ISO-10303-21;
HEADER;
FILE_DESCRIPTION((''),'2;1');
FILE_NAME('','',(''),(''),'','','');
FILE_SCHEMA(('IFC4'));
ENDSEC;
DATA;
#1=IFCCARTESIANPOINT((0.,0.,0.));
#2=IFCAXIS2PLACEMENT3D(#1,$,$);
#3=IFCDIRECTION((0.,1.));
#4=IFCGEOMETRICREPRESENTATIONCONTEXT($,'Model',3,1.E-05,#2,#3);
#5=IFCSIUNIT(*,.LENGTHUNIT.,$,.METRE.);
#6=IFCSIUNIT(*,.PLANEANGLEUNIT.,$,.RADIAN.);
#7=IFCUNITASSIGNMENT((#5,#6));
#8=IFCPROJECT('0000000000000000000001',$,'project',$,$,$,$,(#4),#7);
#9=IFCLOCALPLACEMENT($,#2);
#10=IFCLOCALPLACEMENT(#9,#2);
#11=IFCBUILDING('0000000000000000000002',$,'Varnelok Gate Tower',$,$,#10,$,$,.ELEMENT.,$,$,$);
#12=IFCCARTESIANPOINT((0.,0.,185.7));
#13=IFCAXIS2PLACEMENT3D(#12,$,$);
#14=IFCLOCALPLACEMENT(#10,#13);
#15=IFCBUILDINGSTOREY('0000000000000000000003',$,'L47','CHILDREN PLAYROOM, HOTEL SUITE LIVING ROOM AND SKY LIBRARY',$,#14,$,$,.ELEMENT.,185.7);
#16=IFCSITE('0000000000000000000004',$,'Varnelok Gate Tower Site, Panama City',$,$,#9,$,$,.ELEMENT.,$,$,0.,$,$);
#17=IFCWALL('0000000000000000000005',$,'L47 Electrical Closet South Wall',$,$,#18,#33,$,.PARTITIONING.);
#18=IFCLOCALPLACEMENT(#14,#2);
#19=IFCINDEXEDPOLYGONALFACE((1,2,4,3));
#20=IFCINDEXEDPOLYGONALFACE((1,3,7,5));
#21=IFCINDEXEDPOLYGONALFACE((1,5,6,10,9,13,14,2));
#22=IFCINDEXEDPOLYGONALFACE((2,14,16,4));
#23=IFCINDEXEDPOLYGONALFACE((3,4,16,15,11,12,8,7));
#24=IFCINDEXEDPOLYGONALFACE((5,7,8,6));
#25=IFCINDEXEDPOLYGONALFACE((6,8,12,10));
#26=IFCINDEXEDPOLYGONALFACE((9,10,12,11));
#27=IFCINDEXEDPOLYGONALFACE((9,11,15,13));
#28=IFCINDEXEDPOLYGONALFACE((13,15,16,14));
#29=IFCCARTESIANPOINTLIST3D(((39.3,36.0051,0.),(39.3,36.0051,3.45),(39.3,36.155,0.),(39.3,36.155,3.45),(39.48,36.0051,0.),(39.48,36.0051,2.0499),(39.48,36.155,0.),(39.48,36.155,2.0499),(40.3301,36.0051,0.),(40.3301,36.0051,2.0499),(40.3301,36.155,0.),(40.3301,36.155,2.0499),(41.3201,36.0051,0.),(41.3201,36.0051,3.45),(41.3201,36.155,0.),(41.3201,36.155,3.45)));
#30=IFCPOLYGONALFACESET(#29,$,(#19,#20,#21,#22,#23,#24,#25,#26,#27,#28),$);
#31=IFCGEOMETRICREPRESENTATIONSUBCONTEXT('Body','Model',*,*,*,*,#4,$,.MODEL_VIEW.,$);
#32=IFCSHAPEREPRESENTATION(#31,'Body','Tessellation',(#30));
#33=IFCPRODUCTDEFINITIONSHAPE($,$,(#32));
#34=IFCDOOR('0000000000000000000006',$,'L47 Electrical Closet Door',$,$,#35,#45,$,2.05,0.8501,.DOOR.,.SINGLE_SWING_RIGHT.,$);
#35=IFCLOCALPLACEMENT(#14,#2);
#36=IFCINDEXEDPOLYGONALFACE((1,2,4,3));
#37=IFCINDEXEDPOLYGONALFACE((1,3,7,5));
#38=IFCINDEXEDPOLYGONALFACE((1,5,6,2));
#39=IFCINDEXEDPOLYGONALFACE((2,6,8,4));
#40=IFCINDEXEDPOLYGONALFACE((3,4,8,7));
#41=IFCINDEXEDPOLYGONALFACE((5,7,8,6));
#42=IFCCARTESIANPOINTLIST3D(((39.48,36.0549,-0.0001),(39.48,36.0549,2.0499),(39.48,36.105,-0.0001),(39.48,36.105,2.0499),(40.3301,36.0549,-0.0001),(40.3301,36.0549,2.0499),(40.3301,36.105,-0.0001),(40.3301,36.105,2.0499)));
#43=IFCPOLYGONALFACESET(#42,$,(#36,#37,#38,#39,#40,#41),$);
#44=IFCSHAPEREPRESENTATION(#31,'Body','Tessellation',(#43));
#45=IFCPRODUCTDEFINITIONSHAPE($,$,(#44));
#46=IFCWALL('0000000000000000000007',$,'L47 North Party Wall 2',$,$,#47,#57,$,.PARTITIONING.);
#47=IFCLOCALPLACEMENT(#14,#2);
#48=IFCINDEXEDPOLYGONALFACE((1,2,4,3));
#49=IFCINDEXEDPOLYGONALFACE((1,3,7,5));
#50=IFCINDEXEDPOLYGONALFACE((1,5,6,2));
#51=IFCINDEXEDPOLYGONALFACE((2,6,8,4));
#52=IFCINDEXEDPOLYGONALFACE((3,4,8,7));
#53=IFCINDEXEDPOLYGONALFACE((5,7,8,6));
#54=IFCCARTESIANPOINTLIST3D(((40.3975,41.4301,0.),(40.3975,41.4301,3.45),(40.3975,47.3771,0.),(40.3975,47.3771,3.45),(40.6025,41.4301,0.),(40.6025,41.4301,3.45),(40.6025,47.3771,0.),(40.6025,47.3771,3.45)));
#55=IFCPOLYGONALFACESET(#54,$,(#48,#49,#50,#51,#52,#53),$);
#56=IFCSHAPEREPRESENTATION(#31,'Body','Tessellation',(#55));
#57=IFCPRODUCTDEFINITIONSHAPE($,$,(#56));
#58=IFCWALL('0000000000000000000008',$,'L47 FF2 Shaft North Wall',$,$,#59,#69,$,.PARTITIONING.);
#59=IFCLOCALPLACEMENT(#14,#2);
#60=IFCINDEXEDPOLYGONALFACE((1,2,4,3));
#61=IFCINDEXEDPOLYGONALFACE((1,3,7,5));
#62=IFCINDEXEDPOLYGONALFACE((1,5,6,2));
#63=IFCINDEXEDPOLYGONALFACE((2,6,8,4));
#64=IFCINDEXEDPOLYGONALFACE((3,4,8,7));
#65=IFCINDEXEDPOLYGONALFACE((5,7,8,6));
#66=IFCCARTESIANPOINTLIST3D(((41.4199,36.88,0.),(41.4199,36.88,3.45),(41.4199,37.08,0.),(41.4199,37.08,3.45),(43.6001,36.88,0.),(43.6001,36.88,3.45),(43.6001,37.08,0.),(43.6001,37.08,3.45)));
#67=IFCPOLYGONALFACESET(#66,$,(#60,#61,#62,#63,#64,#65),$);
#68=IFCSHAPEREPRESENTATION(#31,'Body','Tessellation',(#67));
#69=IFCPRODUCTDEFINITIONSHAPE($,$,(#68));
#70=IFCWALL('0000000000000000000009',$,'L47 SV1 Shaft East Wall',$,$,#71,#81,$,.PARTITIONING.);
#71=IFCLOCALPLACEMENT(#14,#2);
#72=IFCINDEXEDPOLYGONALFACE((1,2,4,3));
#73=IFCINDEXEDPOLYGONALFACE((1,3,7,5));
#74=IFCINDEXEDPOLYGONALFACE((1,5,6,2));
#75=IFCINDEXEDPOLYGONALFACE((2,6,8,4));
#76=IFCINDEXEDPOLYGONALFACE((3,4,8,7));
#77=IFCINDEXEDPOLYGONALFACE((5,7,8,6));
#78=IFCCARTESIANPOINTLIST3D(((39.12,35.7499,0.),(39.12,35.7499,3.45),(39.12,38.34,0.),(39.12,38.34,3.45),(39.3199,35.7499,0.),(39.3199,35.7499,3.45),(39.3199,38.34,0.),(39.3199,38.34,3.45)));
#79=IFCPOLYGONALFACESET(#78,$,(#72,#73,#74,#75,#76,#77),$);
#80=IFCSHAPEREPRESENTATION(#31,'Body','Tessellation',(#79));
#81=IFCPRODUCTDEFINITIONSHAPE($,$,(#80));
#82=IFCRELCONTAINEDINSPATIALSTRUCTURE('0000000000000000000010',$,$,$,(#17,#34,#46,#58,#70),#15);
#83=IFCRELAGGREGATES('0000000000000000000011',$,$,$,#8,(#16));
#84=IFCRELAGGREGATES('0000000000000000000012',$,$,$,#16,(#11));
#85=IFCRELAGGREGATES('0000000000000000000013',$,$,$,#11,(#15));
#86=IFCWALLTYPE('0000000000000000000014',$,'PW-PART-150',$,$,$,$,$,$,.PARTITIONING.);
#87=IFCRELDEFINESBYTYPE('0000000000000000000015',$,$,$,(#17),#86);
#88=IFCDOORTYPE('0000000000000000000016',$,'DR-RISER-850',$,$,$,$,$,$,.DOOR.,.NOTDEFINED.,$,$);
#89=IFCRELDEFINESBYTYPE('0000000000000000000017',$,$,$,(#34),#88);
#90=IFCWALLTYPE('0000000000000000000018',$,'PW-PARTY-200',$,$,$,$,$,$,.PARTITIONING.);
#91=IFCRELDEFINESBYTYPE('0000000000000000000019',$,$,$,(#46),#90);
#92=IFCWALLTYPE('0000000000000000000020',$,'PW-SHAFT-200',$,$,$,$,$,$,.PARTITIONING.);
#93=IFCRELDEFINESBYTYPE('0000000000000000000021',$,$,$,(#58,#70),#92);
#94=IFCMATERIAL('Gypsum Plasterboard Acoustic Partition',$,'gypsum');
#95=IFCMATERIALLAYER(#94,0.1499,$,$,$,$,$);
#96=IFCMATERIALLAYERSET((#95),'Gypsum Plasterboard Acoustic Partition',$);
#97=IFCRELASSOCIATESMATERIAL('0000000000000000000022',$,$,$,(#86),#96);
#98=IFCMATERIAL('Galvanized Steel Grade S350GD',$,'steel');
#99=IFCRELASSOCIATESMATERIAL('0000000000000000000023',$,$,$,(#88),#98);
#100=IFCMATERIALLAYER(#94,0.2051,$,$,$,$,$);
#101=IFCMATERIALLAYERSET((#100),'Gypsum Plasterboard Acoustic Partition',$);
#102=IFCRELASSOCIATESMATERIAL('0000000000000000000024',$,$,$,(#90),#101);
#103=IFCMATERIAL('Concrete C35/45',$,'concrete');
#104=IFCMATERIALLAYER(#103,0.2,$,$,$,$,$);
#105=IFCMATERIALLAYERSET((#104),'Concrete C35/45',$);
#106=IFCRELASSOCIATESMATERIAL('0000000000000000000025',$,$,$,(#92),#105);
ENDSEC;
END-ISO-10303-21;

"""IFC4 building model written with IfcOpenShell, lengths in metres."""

from ifc_helpers import new_model, si_unit, direction, frame, frame_2d, origin, place, context, subcontext, project, spatial, rectangle, extrude, material, layer, layer_set, type_object, element, fill, save


model = new_model("IFC4")

# Units and contexts
model_context = context("Model", 3, precision=1e-05, world=origin(), true_north=direction((0.0, 1.0)))
body_context = subcontext(model_context, "Body", "Model", "MODEL_VIEW")
ifc_project = project(units=[si_unit("LENGTHUNIT", "METRE"), si_unit("PLANEANGLEUNIT", "RADIAN")], contexts=[model_context])

# Site, building, storey
site_placement = place(None, origin())
site = spatial("IfcSite", under=ifc_project, at=site_placement, Name="Varnelok Gate Tower Site, Panama City", CompositionType="ELEMENT", RefElevation=0.0)
building_placement = place(site_placement, origin())
building = spatial("IfcBuilding", under=site, at=building_placement, Name="Varnelok Gate Tower", CompositionType="ELEMENT")
storey_placement = place(building_placement, frame((0.0, 0.0, 185.7)))
storey = spatial("IfcBuildingStorey", under=building, at=storey_placement, Name="L47", Description="CHILDREN PLAYROOM, HOTEL SUITE LIVING ROOM AND SKY LIBRARY", CompositionType="ELEMENT", Elevation=185.7)

# Shared definitions
ifc_material_1 = material(Name="Gypsum Plasterboard Acoustic Partition", Category="gypsum")

# Wall, opening, door
ifc_layer_1 = layer(ifc_material_1, 0.1499)
ifc_layer_set_1 = layer_set([ifc_layer_1], Name="Gypsum Plasterboard Acoustic Partition")
wall_type_1 = type_object("IfcWallType", Name="PW-PART-150", PredefinedType="PARTITIONING", material=ifc_layer_set_1)
wall_1_placement = place(storey_placement, frame((39.3, 36.0801, 0.0), z_axis=(0.0, 0.0, 1.0), x_axis=(1.0, 0.0, 0.0)))
wall_1 = element("IfcWall", 1, at=wall_1_placement, inside=storey, type_object=wall_type_1, Name="L47 Electrical Closet South Wall", PredefinedType="PARTITIONING", context=body_context, shape_type="SweptSolid", body=[
    extrude(rectangle(XDim=2.02, YDim=0.1499, at=frame_2d((1.01, 0.0))), origin(), (0.0, 0.0, 1.0), 3.45),
])
opening_1_placement = place(wall_1_placement, frame((0.1799, 0.0, 0.0)))
opening_1 = element("IfcOpeningElement", 2, at=opening_1_placement, cuts=wall_1, PredefinedType="OPENING", context=body_context, shape_type="SweptSolid", body=[
    extrude(rectangle(XDim=0.8501, YDim=2.05, at=frame_2d((0.425, 1.0249))), frame((0.0, 0.085, 0.0), z_axis=(0.0, -1.0, 0.0), x_axis=(1.0, 0.0, 0.0)), (0.0, 0.0, 1.0), 0.1699),
])
ifc_material_2 = material(Name="Galvanized Steel Grade S350GD", Category="steel")
door_type_1 = type_object("IfcDoorType", Name="DR-RISER-850", OperationType="NOTDEFINED", PredefinedType="DOOR", material=ifc_material_2)
door_1_placement = place(opening_1_placement, origin())
door_1 = element("IfcDoor", 3, at=door_1_placement, inside=storey, type_object=door_type_1, Name="L47 Electrical Closet Door", OperationType="SINGLE_SWING_RIGHT", OverallHeight=2.05, OverallWidth=0.8501, PredefinedType="DOOR", context=body_context, shape_type="SweptSolid", body=[
    extrude(rectangle(XDim=0.8501, YDim=2.05, at=frame_2d((0.425, 1.0249))), frame((0.0, 0.0249, 0.0), z_axis=(0.0, -1.0, 0.0), x_axis=(1.0, 0.0, 0.0)), (0.0, 0.0, 1.0), 0.05),
])
fill(opening_1, door_1)

# Walls
ifc_layer_2 = layer(ifc_material_1, 0.2051)
ifc_layer_set_2 = layer_set([ifc_layer_2], Name="Gypsum Plasterboard Acoustic Partition")
wall_type_2 = type_object("IfcWallType", Name="PW-PARTY-200", PredefinedType="PARTITIONING", material=ifc_layer_set_2)
wall_2_placement = place(storey_placement, frame((40.5, 41.4299, 0.0), z_axis=(0.0, 0.0, 1.0), x_axis=(0.0, 1.0, 0.0)))
element("IfcWall", 4, at=wall_2_placement, inside=storey, type_object=wall_type_2, Name="L47 North Party Wall 2", PredefinedType="PARTITIONING", context=body_context, shape_type="SweptSolid", body=[
    extrude(rectangle(XDim=5.947, YDim=0.2051, at=frame_2d((2.9736, 0.0))), origin(), (0.0, 0.0, 1.0), 3.45),
])
ifc_material_3 = material(Name="Concrete C35/45", Category="concrete")
ifc_layer_3 = layer(ifc_material_3, 0.2)
ifc_layer_set_3 = layer_set([ifc_layer_3], Name="Concrete C35/45")
wall_type_3 = type_object("IfcWallType", Name="PW-SHAFT-200", PredefinedType="PARTITIONING", material=ifc_layer_set_3)
wall_3_placement = place(storey_placement, frame((41.4199, 36.98, 0.0), z_axis=(0.0, 0.0, 1.0), x_axis=(1.0, 0.0, 0.0)))
element("IfcWall", 5, at=wall_3_placement, inside=storey, type_object=wall_type_3, Name="L47 FF2 Shaft North Wall", PredefinedType="PARTITIONING", context=body_context, shape_type="SweptSolid", body=[
    extrude(rectangle(XDim=2.1802, YDim=0.2, at=frame_2d((1.0901, 0.0))), origin(), (0.0, 0.0, 1.0), 3.45),
])
wall_4_placement = place(storey_placement, frame((39.22, 35.75, 0.0), z_axis=(0.0, 0.0, 1.0), x_axis=(0.0, 1.0, 0.0)))
element("IfcWall", 6, at=wall_4_placement, inside=storey, type_object=wall_type_3, Name="L47 SV1 Shaft East Wall", PredefinedType="PARTITIONING", context=body_context, shape_type="SweptSolid", body=[
    extrude(rectangle(XDim=2.5901, YDim=0.2, at=frame_2d((1.2949, 0.0))), origin(), (0.0, 0.0, 1.0), 3.45),
])

save(model, "model.ifc")
